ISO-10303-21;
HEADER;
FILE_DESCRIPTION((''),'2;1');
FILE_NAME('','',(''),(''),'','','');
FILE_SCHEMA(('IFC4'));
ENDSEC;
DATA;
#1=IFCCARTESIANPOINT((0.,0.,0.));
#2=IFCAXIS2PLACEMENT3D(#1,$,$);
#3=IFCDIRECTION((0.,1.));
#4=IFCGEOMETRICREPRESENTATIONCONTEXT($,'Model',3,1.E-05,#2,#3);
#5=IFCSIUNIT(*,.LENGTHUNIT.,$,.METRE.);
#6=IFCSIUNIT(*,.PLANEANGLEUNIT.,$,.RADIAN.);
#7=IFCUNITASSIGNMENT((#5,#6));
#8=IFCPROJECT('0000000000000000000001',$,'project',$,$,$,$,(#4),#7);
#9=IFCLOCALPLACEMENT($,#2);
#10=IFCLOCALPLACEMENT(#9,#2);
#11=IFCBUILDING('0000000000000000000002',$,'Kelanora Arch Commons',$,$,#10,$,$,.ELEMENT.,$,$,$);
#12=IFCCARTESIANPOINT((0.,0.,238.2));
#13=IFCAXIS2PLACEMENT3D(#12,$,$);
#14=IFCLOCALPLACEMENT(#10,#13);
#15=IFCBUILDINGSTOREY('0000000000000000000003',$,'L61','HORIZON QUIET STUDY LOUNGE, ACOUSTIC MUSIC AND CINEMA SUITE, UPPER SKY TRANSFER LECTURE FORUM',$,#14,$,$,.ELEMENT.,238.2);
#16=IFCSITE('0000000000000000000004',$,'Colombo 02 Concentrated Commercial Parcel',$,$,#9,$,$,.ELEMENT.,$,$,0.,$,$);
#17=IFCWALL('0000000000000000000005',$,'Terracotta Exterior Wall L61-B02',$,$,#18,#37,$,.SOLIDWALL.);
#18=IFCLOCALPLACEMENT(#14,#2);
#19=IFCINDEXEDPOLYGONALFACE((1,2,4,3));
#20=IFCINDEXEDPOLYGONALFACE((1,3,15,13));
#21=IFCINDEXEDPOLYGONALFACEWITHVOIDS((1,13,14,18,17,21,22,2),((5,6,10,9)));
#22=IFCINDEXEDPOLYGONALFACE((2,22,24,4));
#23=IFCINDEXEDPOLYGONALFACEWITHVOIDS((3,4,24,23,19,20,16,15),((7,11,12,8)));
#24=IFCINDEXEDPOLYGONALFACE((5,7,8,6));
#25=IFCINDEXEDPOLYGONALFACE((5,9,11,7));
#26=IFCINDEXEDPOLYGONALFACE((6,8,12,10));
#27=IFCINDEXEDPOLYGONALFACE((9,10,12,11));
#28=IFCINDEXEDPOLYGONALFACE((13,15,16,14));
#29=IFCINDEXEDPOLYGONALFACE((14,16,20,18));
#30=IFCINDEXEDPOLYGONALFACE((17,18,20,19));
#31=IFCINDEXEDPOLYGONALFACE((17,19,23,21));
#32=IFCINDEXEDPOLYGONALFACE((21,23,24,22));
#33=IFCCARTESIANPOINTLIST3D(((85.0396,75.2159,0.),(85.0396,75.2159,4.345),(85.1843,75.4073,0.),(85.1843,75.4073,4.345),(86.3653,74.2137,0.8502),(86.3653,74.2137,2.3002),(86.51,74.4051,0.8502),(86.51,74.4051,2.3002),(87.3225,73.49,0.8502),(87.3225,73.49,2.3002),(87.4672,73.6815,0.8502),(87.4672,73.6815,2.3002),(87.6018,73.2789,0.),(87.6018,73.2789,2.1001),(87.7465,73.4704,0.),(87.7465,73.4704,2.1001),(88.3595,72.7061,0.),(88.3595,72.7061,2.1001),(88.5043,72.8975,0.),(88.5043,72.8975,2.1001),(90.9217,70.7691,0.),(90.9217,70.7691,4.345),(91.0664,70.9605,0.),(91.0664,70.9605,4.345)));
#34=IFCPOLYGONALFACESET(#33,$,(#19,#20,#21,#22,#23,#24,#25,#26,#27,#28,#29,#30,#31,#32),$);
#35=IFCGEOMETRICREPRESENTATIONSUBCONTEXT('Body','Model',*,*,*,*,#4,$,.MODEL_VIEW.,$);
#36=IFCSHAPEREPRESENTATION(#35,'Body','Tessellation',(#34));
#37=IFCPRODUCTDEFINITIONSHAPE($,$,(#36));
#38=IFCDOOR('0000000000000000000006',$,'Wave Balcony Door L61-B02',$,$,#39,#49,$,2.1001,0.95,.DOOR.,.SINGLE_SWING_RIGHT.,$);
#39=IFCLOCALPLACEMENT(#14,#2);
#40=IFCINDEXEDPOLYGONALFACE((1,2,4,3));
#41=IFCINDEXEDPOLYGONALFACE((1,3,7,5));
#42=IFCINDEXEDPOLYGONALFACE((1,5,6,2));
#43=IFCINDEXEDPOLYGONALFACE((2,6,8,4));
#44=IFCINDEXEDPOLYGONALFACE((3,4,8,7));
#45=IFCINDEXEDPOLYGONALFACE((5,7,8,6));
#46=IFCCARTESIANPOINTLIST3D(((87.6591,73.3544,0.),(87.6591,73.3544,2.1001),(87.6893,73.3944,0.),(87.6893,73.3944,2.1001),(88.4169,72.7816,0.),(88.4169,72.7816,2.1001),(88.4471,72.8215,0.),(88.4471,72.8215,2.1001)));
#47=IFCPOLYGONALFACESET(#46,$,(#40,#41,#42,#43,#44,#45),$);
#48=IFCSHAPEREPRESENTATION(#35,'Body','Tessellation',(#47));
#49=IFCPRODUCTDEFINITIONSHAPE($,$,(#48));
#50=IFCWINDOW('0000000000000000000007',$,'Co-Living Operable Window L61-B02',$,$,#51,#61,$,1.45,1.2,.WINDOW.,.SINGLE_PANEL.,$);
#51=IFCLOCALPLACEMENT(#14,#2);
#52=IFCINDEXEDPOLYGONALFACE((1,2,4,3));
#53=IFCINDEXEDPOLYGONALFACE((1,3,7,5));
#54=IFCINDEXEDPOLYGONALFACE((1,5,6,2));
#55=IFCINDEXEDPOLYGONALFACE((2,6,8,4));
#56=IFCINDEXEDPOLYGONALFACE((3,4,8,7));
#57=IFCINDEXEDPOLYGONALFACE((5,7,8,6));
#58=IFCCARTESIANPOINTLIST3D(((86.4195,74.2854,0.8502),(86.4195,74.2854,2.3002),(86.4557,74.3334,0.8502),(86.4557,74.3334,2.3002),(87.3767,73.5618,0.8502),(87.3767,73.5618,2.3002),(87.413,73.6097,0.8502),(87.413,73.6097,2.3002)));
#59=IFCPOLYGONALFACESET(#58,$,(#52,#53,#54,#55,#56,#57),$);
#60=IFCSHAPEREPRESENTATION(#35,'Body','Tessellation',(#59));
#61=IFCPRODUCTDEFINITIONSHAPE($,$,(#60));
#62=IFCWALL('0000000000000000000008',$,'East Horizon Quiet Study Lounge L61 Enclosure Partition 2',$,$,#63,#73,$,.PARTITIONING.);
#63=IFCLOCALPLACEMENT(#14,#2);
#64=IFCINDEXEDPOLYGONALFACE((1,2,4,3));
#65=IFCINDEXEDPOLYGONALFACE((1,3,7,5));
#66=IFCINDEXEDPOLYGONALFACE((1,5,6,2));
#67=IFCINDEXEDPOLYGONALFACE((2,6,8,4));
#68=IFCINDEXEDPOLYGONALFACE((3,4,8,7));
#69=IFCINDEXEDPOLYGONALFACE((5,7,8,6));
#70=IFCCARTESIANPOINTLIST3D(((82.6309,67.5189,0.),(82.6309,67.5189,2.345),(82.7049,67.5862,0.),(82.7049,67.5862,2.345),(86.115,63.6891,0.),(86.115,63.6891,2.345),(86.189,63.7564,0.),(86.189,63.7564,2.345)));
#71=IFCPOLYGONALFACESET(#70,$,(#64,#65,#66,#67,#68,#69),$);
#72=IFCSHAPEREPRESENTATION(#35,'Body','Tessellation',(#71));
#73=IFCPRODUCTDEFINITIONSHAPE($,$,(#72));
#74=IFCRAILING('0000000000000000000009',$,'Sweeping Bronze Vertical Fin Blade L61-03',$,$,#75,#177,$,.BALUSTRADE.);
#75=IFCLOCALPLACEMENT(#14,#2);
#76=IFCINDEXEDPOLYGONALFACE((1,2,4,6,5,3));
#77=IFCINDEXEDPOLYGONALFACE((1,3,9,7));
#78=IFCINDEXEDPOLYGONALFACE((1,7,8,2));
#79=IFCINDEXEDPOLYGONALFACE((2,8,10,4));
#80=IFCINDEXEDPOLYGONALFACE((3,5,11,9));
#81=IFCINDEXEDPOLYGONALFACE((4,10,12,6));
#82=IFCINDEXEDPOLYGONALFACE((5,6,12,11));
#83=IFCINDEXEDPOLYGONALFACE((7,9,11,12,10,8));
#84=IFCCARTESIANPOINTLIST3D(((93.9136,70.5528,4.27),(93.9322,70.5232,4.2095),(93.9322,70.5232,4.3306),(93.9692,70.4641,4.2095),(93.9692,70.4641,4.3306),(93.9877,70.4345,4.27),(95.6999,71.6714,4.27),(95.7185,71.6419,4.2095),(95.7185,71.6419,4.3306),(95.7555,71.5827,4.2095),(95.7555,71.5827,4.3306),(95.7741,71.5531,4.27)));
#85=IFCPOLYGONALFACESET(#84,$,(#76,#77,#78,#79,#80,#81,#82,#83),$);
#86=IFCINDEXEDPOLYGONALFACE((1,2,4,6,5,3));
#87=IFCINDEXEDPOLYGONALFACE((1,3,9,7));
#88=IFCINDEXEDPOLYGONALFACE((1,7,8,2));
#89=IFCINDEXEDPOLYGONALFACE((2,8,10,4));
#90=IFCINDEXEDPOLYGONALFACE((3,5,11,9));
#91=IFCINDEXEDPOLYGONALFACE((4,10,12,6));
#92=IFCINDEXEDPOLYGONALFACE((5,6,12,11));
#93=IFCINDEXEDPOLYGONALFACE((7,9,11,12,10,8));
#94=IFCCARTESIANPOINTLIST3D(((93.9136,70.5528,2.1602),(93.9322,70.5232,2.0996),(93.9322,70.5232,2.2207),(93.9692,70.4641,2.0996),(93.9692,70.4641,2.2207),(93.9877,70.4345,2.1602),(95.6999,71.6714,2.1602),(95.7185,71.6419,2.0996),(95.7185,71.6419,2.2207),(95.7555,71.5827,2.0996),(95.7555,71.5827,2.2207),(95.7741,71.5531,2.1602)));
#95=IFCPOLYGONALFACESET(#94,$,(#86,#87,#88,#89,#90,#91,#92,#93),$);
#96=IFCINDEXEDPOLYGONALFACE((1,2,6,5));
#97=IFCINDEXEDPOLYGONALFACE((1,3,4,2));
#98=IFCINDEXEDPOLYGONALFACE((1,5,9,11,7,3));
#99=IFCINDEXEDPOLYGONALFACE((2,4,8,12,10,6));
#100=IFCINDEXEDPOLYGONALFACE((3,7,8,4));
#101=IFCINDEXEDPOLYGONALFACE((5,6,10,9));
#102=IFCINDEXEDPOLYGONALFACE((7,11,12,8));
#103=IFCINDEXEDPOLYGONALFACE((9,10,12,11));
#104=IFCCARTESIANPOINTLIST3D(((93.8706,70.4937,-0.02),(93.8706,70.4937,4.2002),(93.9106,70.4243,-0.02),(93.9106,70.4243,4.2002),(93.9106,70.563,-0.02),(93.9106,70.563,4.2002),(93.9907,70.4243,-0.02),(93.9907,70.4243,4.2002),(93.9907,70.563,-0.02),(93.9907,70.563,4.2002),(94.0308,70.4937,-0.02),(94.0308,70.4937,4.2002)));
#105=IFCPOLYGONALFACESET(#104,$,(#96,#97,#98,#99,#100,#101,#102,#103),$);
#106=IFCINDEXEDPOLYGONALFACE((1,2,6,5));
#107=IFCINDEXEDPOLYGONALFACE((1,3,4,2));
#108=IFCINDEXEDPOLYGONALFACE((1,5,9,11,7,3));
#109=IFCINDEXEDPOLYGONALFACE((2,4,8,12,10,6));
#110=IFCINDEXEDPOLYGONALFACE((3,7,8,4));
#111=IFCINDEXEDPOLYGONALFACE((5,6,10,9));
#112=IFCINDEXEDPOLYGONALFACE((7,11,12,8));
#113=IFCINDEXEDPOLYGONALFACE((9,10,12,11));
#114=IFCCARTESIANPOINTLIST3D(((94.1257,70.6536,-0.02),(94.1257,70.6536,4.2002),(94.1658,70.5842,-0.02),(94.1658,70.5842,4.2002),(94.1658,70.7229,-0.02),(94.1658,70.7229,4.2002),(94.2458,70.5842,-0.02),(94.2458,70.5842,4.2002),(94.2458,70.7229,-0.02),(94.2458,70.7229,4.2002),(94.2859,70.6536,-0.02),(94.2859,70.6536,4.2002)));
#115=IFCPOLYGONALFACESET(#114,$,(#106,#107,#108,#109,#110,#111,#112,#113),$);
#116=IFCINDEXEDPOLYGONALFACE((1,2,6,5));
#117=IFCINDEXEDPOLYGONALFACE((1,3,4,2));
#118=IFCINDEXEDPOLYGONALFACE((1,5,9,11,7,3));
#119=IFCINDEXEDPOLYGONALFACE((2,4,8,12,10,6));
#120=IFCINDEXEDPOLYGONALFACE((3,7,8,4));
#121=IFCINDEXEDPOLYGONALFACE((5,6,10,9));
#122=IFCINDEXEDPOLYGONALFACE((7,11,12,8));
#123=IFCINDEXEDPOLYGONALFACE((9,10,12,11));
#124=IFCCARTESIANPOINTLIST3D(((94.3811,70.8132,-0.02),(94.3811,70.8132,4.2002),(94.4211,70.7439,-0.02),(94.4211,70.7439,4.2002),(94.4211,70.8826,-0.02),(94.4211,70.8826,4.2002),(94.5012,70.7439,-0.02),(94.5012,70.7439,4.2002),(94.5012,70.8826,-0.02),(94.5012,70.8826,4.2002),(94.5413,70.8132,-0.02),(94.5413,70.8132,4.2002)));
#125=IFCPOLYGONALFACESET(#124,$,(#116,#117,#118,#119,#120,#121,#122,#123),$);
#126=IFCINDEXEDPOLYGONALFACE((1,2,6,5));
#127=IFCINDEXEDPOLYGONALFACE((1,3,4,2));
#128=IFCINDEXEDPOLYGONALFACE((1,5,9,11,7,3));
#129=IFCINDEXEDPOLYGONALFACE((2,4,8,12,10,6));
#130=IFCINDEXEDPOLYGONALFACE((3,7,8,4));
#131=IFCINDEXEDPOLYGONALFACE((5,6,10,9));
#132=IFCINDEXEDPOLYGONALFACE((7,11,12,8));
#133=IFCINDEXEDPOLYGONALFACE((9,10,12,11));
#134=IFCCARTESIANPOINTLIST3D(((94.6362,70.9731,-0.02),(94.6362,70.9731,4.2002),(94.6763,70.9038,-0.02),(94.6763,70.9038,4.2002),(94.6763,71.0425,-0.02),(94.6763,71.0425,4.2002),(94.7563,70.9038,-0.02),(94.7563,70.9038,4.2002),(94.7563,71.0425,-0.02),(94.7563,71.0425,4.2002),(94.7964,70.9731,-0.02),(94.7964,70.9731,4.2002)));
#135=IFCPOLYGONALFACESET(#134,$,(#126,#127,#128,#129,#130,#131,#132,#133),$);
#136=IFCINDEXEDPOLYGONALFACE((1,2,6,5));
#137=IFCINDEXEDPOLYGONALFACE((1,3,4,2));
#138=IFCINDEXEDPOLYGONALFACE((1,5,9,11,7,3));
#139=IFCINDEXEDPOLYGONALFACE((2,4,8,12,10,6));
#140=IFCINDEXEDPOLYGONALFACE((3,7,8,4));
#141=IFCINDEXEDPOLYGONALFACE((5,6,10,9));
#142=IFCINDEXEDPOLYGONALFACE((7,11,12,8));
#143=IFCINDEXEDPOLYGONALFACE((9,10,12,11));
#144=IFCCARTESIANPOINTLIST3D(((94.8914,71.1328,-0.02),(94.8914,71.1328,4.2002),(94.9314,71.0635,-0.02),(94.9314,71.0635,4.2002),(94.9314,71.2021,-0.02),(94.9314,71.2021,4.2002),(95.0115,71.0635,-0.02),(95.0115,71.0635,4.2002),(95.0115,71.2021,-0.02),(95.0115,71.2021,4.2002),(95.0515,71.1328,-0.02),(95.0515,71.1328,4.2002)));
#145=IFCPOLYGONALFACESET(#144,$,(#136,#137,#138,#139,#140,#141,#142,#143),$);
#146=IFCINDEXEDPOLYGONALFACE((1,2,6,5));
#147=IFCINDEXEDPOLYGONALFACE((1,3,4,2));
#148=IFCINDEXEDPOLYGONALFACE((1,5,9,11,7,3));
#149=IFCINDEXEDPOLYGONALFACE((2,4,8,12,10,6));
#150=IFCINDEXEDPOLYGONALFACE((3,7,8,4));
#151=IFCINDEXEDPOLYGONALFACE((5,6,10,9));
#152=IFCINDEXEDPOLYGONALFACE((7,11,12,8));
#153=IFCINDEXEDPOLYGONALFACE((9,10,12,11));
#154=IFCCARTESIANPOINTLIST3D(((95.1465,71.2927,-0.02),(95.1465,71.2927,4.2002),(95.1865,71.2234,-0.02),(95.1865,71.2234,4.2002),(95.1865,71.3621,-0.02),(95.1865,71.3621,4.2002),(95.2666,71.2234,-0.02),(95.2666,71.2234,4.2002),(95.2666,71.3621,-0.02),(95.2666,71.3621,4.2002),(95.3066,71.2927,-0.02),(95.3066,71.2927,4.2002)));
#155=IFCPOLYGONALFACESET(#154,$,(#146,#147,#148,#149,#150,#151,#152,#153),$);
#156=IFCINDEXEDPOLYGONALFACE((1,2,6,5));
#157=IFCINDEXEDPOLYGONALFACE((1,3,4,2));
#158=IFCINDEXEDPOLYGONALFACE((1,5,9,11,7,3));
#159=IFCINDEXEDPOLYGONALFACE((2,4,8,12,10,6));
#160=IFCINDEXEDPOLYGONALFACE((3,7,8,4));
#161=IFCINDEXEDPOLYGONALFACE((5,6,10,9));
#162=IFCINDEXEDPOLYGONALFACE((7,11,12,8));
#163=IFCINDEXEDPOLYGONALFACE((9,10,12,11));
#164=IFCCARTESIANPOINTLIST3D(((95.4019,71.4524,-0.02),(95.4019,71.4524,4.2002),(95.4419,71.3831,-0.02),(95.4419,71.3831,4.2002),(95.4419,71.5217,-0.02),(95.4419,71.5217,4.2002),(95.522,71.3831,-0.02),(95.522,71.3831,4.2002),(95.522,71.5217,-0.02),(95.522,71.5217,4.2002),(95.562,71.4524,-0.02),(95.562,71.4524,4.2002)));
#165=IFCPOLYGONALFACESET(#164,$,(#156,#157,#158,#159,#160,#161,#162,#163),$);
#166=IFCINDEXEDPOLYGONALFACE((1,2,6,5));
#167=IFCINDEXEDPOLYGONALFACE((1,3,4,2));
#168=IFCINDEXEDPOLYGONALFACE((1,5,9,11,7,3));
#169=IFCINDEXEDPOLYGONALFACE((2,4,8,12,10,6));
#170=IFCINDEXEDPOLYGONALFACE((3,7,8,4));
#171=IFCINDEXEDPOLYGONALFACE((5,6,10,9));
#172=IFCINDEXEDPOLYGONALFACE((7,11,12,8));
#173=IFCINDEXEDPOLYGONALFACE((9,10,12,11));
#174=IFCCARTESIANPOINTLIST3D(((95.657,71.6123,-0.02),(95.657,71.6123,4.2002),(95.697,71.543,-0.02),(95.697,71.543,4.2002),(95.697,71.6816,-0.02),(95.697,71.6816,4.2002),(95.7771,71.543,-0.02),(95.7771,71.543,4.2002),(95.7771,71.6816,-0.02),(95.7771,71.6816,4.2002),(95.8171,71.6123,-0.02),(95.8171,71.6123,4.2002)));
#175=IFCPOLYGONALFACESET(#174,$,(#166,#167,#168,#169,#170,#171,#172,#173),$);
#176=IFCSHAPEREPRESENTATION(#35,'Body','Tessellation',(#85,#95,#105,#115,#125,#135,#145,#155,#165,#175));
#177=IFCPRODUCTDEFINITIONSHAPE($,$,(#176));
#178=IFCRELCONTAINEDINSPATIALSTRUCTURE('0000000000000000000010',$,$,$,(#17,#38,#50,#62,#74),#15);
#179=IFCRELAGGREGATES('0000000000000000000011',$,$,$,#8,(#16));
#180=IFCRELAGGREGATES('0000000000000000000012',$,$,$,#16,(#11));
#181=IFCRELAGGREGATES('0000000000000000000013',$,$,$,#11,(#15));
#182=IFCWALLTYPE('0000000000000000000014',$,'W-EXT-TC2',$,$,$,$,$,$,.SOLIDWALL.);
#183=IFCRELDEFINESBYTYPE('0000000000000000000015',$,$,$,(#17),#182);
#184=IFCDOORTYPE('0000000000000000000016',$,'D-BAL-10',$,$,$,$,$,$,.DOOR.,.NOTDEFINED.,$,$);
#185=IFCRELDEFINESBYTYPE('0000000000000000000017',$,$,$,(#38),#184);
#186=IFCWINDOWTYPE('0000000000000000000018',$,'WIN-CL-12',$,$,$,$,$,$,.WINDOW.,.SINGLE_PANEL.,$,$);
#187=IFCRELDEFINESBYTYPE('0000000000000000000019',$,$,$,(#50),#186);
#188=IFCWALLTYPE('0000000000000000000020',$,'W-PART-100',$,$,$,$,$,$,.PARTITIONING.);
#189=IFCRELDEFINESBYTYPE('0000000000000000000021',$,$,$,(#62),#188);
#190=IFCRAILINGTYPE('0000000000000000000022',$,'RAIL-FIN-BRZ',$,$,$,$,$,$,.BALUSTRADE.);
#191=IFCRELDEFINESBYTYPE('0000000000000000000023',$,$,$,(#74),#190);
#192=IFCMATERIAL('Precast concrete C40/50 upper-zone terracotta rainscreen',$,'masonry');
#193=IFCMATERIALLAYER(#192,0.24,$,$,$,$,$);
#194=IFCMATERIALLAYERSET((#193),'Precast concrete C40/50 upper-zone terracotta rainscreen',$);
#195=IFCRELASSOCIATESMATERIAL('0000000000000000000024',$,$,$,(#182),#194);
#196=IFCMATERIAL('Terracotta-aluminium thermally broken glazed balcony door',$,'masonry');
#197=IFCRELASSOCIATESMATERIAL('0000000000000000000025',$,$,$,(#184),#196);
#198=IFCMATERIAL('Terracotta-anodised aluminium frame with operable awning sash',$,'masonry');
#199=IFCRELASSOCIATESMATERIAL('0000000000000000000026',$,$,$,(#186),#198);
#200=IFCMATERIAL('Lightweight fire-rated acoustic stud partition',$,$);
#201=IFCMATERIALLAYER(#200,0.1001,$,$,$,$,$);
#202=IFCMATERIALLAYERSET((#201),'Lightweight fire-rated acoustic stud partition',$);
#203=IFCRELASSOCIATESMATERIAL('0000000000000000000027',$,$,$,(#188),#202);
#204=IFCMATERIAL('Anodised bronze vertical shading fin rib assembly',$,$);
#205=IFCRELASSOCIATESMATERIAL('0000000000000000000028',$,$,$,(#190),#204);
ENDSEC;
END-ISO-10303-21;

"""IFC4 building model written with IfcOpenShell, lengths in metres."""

from ifc_helpers import new_model, si_unit, direction, frame, frame_2d, origin, place, context, subcontext, project, spatial, polyline, rectangle, outline, extrude, material, layer, layer_set, type_object, element, fill, save


model = new_model("IFC4")

# Units and contexts
model_context = context("Model", 3, precision=1e-05, world=origin(), true_north=direction((0.0, 1.0)))
body_context = subcontext(model_context, "Body", "Model", "MODEL_VIEW")
ifc_project = project(units=[si_unit("LENGTHUNIT", "METRE"), si_unit("PLANEANGLEUNIT", "RADIAN")], contexts=[model_context])

# Site, building, storey
site_placement = place(None, origin())
site = spatial("IfcSite", under=ifc_project, at=site_placement, Name="Colombo 02 Concentrated Commercial Parcel", CompositionType="ELEMENT", RefElevation=0.0)
building_placement = place(site_placement, origin())
building = spatial("IfcBuilding", under=site, at=building_placement, Name="Kelanora Arch Commons", CompositionType="ELEMENT")
storey_placement = place(building_placement, frame((0.0, 0.0, 238.2)))
storey = spatial("IfcBuildingStorey", under=building, at=storey_placement, Name="L61", Description="HORIZON QUIET STUDY LOUNGE, ACOUSTIC MUSIC AND CINEMA SUITE, UPPER SKY TRANSFER LECTURE FORUM", CompositionType="ELEMENT", Elevation=238.2)

# Wall, openings, door, window
ifc_material_1 = material(Name="Precast concrete C40/50 upper-zone terracotta rainscreen", Category="masonry")
ifc_layer_1 = layer(ifc_material_1, 0.24)
ifc_layer_set_1 = layer_set([ifc_layer_1], Name="Precast concrete C40/50 upper-zone terracotta rainscreen")
wall_type_1 = type_object("IfcWallType", Name="W-EXT-TC2", PredefinedType="SOLIDWALL", material=ifc_layer_set_1)
ifc_material_2 = material(Name="Terracotta-aluminium thermally broken glazed balcony door", Category="masonry")
door_type = type_object("IfcDoorType", Name="D-BAL-10", OperationType="NOTDEFINED", PredefinedType="DOOR", material=ifc_material_2)
ifc_material_3 = material(Name="Terracotta-anodised aluminium frame with operable awning sash", Category="masonry")
window_type = type_object("IfcWindowType", Name="WIN-CL-12", PartitioningType="SINGLE_PANEL", PredefinedType="WINDOW", material=ifc_material_3)
wall_1_placement = place(storey_placement, frame((90.9941, 70.8647, 0.0), z_axis=(0.0, 0.0, 1.0), x_axis=(-0.797702, 0.603052, 0.0)))
wall_1 = element("IfcWall", 1, at=wall_1_placement, inside=storey, type_object=wall_type_1, Name="Terracotta Exterior Wall L61-B02", PredefinedType="SOLIDWALL", context=body_context, shape_type="SweptSolid", body=[
    extrude(rectangle(XDim=7.3738, YDim=0.24, at=frame_2d((3.687, 0.0))), origin(), (0.0, 0.0, 1.0), 4.345),
])
opening_1_placement = place(wall_1_placement, frame((3.2119, 0.0, 0.0)))
opening_1 = element("IfcOpeningElement", 2, at=opening_1_placement, cuts=wall_1, PredefinedType="OPENING", context=body_context, shape_type="SweptSolid", body=[
    extrude(rectangle(XDim=0.95, YDim=2.1001, at=frame_2d((0.4751, 1.05))), frame((0.0, 0.1299, 0.0), z_axis=(0.0, -1.0, 0.0), x_axis=(1.0, 0.0, 0.0)), (0.0, 0.0, 1.0), 0.26),
])
opening_2_placement = place(wall_1_placement, frame((4.512, 0.0, 0.8501)))
opening_2 = element("IfcOpeningElement", 3, at=opening_2_placement, cuts=wall_1, PredefinedType="OPENING", context=body_context, shape_type="SweptSolid", body=[
    extrude(rectangle(XDim=1.2, YDim=1.45, at=frame_2d((0.6001, 0.7251))), frame((0.0, 0.1299, 0.0), z_axis=(0.0, -1.0, 0.0), x_axis=(1.0, 0.0, 0.0)), (0.0, 0.0, 1.0), 0.26),
])
door_1_placement = place(opening_1_placement, frame((0.95, 0.0, 0.0), z_axis=(0.0, 0.0, 1.0), x_axis=(-1.0, 0.0, 0.0)))
door_1 = element("IfcDoor", 4, at=door_1_placement, inside=storey, type_object=door_type, Name="Wave Balcony Door L61-B02", OperationType="SINGLE_SWING_RIGHT", OverallHeight=2.1001, OverallWidth=0.95, PredefinedType="DOOR", context=body_context, shape_type="SweptSolid", body=[
    extrude(rectangle(XDim=0.95, YDim=2.1001, at=frame_2d((0.4751, 1.05))), frame((0.0, 0.0249, 0.0), z_axis=(0.0, -1.0, 0.0), x_axis=(1.0, 0.0, 0.0)), (0.0, 0.0, 1.0), 0.05),
])
fill(opening_1, door_1)
window_1_placement = place(opening_2_placement, origin())
window_1 = element("IfcWindow", 5, at=window_1_placement, inside=storey, type_object=window_type, Name="Co-Living Operable Window L61-B02", OverallHeight=1.45, OverallWidth=1.2, PartitioningType="SINGLE_PANEL", PredefinedType="WINDOW", context=body_context, shape_type="SweptSolid", body=[
    extrude(rectangle(XDim=1.2, YDim=1.45, at=frame_2d((0.6001, 0.7251))), frame((0.0, 0.03, 0.0), z_axis=(0.0, -1.0, 0.0), x_axis=(1.0, 0.0, 0.0)), (0.0, 0.0, 1.0), 0.0601),
])
fill(opening_2, window_1)

# Wall
ifc_material_4 = material(Name="Lightweight fire-rated acoustic stud partition")
ifc_layer_2 = layer(ifc_material_4, 0.1001)
ifc_layer_set_2 = layer_set([ifc_layer_2], Name="Lightweight fire-rated acoustic stud partition")
wall_type_2 = type_object("IfcWallType", Name="W-PART-100", PredefinedType="PARTITIONING", material=ifc_layer_set_2)
wall_2_placement = place(storey_placement, frame((86.1521, 63.7227, 0.0), z_axis=(0.0, 0.0, 1.0), x_axis=(-0.672933, 0.739703, 0.0)))
element("IfcWall", 6, at=wall_2_placement, inside=storey, type_object=wall_type_2, Name="East Horizon Quiet Study Lounge L61 Enclosure Partition 2", PredefinedType="PARTITIONING", context=body_context, shape_type="SweptSolid", body=[
    extrude(rectangle(XDim=5.1775, YDim=0.1001, at=frame_2d((2.5889, 0.0))), origin(), (0.0, 0.0, 1.0), 2.345),
])

# Railing
ifc_material_5 = material(Name="Anodised bronze vertical shading fin rib assembly")
railing_type = type_object("IfcRailingType", Name="RAIL-FIN-BRZ", PredefinedType="BALUSTRADE", material=ifc_material_5)
railing_1_placement = place(storey_placement, frame((93.9507, 70.4937, -0.02)))
element("IfcRailing", 7, at=railing_1_placement, inside=storey, type_object=railing_type, Name="Sweeping Bronze Vertical Fin Blade L61-03", PredefinedType="BALUSTRADE", context=body_context, shape_type="SweptSolid", body=[
    extrude(outline(polyline([(0.0698, 0.0), (0.0349, 0.0605), (-0.0349, 0.0605), (-0.0698, 0.0), (-0.0349, -0.0605), (0.0349, -0.0605), (0.0698, 0.0)])), frame((0.0, 0.0, 4.29), z_axis=(0.847536, 0.530738, 0.0), x_axis=(-0.530738, 0.847536, 0.0)), (0.0, 0.0, 1.0), 2.1077),
    extrude(outline(polyline([(0.0698, 0.0), (0.0349, 0.0605), (-0.0349, 0.0605), (-0.0698, 0.0), (-0.0349, -0.0605), (0.0349, -0.0605), (0.0698, 0.0)])), frame((0.0, 0.0, 2.1802), z_axis=(0.847536, 0.530738, 0.0), x_axis=(-0.530738, 0.847536, 0.0)), (0.0, 0.0, 1.0), 2.1077),
    extrude(outline(polyline([(0.0801, 0.0), (0.04, 0.0693), (-0.04, 0.0693), (-0.0801, 0.0), (-0.04, -0.0693), (0.04, -0.0693), (0.0801, 0.0)])), origin(), (0.0, 0.0, 1.0), 4.2202),
    extrude(outline(polyline([(0.0801, 0.0), (0.04, 0.0693), (-0.04, 0.0693), (-0.0801, 0.0), (-0.04, -0.0693), (0.04, -0.0693), (0.0801, 0.0)])), frame((0.2551, 0.1599, 0.0)), (0.0, 0.0, 1.0), 4.2202),
    extrude(outline(polyline([(0.0801, 0.0), (0.04, 0.0693), (-0.04, 0.0693), (-0.0801, 0.0), (-0.04, -0.0693), (0.04, -0.0693), (0.0801, 0.0)])), frame((0.5105, 0.3196, 0.0)), (0.0, 0.0, 1.0), 4.2202),
    extrude(outline(polyline([(0.0801, 0.0), (0.04, 0.0693), (-0.04, 0.0693), (-0.0801, 0.0), (-0.04, -0.0693), (0.04, -0.0693), (0.0801, 0.0)])), frame((0.7656, 0.4795, 0.0)), (0.0, 0.0, 1.0), 4.2202),
    extrude(outline(polyline([(0.0801, 0.0), (0.04, 0.0693), (-0.04, 0.0693), (-0.0801, 0.0), (-0.04, -0.0693), (0.04, -0.0693), (0.0801, 0.0)])), frame((1.0208, 0.6392, 0.0)), (0.0, 0.0, 1.0), 4.2202),
    extrude(outline(polyline([(0.0801, 0.0), (0.04, 0.0693), (-0.04, 0.0693), (-0.0801, 0.0), (-0.04, -0.0693), (0.04, -0.0693), (0.0801, 0.0)])), frame((1.2759, 0.7991, 0.0)), (0.0, 0.0, 1.0), 4.2202),
    extrude(outline(polyline([(0.0801, 0.0), (0.04, 0.0693), (-0.04, 0.0693), (-0.0801, 0.0), (-0.04, -0.0693), (0.04, -0.0693), (0.0801, 0.0)])), frame((1.5312, 0.9587, 0.0)), (0.0, 0.0, 1.0), 4.2202),
    extrude(outline(polyline([(0.0801, 0.0), (0.04, 0.0693), (-0.04, 0.0693), (-0.0801, 0.0), (-0.04, -0.0693), (0.04, -0.0693), (0.0801, 0.0)])), frame((1.7864, 1.1187, 0.0)), (0.0, 0.0, 1.0), 4.2202),
])

save(model, "model.ifc")
